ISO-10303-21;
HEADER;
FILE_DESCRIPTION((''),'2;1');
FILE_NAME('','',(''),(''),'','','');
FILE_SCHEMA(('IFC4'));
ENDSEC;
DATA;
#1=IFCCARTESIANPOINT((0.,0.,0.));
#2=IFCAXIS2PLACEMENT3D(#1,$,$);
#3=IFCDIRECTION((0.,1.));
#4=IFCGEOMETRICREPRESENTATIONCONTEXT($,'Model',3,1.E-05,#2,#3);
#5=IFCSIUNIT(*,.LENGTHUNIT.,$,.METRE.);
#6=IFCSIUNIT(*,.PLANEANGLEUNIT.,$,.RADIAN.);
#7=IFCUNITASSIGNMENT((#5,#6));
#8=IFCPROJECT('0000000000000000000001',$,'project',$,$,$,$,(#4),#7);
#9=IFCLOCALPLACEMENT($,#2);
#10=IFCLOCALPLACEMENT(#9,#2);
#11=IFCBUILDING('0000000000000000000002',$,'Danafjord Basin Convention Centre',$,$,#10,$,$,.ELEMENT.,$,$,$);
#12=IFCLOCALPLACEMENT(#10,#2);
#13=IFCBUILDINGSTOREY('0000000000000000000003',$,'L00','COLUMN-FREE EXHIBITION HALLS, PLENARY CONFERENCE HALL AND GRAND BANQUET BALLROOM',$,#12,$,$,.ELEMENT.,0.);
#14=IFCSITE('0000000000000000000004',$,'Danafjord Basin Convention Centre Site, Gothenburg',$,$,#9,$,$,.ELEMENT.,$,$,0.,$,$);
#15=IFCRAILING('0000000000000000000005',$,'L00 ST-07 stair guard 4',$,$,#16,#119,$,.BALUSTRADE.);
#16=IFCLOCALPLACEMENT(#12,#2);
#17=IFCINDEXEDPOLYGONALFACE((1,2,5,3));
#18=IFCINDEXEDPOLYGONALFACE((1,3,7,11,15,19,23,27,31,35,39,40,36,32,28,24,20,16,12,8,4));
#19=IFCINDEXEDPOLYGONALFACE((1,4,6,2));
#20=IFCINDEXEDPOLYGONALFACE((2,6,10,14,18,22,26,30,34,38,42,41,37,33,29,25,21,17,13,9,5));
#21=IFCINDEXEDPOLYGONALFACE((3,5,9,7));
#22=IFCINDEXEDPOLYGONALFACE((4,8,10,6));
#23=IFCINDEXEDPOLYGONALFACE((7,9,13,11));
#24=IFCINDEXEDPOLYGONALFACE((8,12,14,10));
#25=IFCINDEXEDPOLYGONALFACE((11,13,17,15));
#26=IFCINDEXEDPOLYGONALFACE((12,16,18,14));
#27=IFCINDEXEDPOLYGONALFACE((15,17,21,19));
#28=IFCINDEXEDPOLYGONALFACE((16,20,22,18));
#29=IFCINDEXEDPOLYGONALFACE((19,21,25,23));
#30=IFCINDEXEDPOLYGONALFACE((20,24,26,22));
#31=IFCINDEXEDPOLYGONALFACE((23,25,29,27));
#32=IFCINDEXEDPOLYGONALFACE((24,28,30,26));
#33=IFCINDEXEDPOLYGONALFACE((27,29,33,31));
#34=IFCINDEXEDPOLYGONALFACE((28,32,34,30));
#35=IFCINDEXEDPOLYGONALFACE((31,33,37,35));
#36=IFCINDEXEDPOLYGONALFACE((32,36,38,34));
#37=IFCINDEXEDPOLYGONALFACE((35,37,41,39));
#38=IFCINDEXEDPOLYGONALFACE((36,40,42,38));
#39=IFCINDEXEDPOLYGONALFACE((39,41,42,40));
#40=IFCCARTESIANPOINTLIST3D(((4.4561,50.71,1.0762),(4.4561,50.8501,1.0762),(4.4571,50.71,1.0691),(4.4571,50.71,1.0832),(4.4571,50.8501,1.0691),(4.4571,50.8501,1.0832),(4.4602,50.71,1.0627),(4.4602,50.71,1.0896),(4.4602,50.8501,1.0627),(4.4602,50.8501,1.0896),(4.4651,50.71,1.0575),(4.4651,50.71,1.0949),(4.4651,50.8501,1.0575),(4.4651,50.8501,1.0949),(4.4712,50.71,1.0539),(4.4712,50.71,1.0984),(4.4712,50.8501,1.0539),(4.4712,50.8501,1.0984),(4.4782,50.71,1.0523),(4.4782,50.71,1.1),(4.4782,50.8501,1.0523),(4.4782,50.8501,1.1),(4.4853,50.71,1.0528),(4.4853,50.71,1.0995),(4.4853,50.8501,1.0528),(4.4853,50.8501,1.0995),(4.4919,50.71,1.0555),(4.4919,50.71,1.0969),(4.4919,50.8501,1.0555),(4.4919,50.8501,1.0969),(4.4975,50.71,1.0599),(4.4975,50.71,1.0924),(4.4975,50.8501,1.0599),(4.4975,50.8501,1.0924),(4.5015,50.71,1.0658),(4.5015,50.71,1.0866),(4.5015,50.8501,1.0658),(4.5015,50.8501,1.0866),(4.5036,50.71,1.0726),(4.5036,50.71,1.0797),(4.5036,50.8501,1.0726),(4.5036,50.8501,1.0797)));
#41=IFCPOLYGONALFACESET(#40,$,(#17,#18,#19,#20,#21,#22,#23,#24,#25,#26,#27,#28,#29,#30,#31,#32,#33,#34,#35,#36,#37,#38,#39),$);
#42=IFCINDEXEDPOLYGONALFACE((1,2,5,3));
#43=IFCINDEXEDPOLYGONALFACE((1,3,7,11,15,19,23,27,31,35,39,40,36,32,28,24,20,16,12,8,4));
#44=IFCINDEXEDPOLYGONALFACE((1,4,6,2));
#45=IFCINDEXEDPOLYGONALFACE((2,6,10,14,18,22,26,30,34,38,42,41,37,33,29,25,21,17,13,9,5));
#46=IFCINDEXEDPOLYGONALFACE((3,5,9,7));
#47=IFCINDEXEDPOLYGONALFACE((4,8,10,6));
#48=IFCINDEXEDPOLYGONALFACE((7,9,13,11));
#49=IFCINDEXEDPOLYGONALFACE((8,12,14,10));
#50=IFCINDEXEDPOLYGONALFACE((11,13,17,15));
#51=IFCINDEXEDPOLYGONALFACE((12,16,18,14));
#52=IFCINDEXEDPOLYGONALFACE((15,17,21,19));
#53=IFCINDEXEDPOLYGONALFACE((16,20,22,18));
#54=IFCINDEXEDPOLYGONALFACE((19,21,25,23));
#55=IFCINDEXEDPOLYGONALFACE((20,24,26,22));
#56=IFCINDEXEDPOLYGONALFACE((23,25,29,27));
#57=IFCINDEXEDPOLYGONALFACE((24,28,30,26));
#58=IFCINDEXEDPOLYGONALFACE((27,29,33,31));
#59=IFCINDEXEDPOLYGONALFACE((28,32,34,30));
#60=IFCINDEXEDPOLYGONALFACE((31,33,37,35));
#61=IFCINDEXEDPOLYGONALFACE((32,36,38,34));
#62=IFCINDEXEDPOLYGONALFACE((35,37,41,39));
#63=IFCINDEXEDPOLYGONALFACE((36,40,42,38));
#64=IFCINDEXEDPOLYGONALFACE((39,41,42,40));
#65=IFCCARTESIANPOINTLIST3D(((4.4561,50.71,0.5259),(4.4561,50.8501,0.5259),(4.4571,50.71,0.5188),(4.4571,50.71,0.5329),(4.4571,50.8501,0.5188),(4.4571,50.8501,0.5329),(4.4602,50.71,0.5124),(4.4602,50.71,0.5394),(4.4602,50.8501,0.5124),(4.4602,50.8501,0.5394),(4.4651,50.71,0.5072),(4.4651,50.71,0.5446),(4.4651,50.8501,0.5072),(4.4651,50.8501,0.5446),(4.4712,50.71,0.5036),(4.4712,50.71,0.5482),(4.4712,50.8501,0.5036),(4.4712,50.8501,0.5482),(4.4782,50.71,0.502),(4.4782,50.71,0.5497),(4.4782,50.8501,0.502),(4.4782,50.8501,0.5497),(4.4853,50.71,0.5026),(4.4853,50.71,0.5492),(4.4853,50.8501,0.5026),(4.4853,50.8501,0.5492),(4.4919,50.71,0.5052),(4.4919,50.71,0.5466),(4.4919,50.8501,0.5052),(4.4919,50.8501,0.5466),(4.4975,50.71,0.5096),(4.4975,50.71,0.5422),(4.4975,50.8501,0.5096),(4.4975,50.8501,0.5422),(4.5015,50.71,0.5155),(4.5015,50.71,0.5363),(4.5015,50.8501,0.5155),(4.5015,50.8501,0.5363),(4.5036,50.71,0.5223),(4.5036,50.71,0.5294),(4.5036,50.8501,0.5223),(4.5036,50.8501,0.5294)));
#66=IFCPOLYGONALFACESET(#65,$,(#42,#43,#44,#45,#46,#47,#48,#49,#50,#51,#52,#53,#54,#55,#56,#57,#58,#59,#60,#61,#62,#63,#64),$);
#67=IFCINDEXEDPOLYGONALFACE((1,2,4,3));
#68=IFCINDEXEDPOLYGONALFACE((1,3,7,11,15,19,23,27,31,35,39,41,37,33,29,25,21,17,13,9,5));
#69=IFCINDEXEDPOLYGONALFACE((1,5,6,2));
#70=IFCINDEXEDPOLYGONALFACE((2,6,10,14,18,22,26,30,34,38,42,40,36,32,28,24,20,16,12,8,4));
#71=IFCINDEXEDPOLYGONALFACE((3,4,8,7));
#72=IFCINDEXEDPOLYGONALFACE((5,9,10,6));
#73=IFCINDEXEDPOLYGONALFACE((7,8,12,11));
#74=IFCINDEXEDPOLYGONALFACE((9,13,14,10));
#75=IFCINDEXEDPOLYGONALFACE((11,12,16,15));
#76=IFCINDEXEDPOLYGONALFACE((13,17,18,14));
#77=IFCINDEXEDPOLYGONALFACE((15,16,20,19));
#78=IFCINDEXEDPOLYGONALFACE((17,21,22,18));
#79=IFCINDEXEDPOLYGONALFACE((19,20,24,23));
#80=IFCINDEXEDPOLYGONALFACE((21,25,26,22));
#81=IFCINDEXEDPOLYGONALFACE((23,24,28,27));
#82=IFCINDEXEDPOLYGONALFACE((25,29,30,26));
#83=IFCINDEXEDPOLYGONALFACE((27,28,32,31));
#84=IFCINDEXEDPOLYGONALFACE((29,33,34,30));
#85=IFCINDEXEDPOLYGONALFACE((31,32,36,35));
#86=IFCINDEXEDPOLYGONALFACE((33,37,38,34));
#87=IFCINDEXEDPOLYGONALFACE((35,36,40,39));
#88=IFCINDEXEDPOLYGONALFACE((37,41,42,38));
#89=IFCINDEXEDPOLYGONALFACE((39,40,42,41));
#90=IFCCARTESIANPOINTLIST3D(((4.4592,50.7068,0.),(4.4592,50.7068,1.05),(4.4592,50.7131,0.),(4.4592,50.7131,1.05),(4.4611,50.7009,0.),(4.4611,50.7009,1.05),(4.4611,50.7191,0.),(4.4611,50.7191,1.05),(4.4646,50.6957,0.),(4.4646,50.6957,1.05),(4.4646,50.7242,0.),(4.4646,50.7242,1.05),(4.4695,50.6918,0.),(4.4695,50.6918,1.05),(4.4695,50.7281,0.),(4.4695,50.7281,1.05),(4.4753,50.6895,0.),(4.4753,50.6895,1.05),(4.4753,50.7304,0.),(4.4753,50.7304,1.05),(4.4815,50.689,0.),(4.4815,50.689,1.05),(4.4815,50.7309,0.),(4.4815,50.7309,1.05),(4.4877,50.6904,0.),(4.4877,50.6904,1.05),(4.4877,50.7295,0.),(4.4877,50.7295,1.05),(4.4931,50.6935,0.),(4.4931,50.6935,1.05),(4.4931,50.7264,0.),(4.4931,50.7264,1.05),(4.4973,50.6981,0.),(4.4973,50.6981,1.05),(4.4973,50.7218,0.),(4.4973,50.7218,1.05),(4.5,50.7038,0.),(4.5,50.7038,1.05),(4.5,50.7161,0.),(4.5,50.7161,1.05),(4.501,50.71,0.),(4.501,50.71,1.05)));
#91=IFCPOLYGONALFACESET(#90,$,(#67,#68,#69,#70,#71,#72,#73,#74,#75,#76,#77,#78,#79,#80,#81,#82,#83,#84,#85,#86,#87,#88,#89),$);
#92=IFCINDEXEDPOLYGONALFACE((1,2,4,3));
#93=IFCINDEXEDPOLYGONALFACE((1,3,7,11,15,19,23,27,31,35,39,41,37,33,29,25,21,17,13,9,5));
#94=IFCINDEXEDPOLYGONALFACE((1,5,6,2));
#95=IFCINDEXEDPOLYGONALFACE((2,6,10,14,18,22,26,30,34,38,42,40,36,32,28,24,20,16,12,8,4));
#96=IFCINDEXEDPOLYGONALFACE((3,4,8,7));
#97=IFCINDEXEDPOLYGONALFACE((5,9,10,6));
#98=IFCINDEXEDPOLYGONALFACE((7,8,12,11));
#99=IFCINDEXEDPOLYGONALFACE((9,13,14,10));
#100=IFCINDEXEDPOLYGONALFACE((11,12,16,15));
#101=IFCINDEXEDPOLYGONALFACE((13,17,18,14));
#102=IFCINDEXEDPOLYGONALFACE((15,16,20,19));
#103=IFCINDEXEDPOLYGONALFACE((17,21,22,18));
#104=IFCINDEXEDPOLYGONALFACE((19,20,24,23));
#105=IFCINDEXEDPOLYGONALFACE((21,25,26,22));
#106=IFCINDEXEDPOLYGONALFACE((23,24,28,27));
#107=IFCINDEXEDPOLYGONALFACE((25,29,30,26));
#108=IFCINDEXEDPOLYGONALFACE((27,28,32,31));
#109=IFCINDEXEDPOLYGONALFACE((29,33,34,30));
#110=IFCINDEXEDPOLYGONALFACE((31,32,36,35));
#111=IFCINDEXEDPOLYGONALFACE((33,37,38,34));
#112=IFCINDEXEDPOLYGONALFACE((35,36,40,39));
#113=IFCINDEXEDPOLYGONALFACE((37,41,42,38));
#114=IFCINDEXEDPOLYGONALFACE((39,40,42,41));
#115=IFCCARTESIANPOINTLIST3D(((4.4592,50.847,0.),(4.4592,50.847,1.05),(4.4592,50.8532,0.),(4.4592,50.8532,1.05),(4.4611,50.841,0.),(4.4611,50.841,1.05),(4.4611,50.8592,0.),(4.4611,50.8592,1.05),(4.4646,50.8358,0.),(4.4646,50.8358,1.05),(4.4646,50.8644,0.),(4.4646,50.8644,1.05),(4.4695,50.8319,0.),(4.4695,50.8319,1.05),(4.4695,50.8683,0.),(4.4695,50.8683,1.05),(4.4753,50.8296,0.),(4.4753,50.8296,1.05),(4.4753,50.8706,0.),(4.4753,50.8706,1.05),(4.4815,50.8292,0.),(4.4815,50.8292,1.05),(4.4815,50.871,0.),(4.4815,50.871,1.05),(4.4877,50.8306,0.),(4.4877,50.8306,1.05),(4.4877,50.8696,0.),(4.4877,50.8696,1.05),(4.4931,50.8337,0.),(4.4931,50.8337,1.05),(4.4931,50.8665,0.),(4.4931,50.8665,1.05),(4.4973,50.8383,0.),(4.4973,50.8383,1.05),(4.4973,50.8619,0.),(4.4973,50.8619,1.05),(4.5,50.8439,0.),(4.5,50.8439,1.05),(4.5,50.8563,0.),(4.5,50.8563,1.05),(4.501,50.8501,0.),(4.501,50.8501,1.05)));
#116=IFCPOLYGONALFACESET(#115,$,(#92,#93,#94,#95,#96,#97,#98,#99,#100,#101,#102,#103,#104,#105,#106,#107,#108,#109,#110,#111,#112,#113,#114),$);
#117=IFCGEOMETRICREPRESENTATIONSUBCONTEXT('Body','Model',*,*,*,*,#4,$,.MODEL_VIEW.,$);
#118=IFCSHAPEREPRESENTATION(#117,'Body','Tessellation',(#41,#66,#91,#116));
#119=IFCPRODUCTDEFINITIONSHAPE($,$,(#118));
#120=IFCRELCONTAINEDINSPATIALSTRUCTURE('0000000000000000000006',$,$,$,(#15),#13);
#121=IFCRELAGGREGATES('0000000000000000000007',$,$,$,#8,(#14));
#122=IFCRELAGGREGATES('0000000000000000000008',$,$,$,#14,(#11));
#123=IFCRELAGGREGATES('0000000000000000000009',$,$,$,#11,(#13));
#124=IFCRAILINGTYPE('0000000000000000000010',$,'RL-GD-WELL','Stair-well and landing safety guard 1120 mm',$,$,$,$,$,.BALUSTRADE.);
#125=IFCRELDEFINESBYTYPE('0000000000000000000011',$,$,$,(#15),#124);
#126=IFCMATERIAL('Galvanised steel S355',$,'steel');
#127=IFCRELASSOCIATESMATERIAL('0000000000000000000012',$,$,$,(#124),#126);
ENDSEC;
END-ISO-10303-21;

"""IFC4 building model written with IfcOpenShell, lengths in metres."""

from ifc_helpers import new_model, si_unit, direction, frame, origin, origin_2d, place, context, subcontext, project, spatial, circle, extrude, material, type_object, element, save


model = new_model("IFC4")

# Units and contexts
model_context = context("Model", 3, precision=1e-05, world=origin(), true_north=direction((0.0, 1.0)))
body_context = subcontext(model_context, "Body", "Model", "MODEL_VIEW")
ifc_project = project(units=[si_unit("LENGTHUNIT", "METRE"), si_unit("PLANEANGLEUNIT", "RADIAN")], contexts=[model_context])

# Site, building, storey
site_placement = place(None, origin())
site = spatial("IfcSite", under=ifc_project, at=site_placement, Name="Danafjord Basin Convention Centre Site, Gothenburg", CompositionType="ELEMENT", RefElevation=0.0)
building_placement = place(site_placement, origin())
building = spatial("IfcBuilding", under=site, at=building_placement, Name="Danafjord Basin Convention Centre", CompositionType="ELEMENT")
storey_placement = place(building_placement, origin())
storey = spatial("IfcBuildingStorey", under=building, at=storey_placement, Name="L00", Description="COLUMN-FREE EXHIBITION HALLS, PLENARY CONFERENCE HALL AND GRAND BANQUET BALLROOM", CompositionType="ELEMENT", Elevation=0.0)

# Railing
ifc_material_1 = material(Name="Galvanised steel S355", Category="steel")
railing_type = type_object("IfcRailingType", Name="RL-GD-WELL", Description="Stair-well and landing safety guard 1120 mm", PredefinedType="BALUSTRADE", material=ifc_material_1)
railing_placement = place(storey_placement, frame((4.48, 50.71, 0.0)))
element("IfcRailing", 1, at=railing_placement, inside=storey, type_object=railing_type, Name="L00 ST-07 stair guard 4", PredefinedType="BALUSTRADE", context=body_context, shape_type="SweptSolid", body=[
    extrude(circle(Radius=0.0239, at=origin_2d()), frame((0.0, 0.0, 1.0762), z_axis=(0.0, 1.0, 0.0), x_axis=(-1.0, 0.0, 0.0)), (0.0, 0.0, 1.0), 0.1401),
    extrude(circle(Radius=0.0239, at=origin_2d()), frame((0.0, 0.0, 0.5259), z_axis=(0.0, 1.0, 0.0), x_axis=(-1.0, 0.0, 0.0)), (0.0, 0.0, 1.0), 0.1401),
    extrude(circle(Radius=0.021, at=origin_2d()), origin(), (0.0, 0.0, 1.0), 1.05),
    extrude(circle(Radius=0.021, at=origin_2d()), frame((0.0, 0.1401, 0.0)), (0.0, 0.0, 1.0), 1.05),
])

save(model, "model.ifc")
